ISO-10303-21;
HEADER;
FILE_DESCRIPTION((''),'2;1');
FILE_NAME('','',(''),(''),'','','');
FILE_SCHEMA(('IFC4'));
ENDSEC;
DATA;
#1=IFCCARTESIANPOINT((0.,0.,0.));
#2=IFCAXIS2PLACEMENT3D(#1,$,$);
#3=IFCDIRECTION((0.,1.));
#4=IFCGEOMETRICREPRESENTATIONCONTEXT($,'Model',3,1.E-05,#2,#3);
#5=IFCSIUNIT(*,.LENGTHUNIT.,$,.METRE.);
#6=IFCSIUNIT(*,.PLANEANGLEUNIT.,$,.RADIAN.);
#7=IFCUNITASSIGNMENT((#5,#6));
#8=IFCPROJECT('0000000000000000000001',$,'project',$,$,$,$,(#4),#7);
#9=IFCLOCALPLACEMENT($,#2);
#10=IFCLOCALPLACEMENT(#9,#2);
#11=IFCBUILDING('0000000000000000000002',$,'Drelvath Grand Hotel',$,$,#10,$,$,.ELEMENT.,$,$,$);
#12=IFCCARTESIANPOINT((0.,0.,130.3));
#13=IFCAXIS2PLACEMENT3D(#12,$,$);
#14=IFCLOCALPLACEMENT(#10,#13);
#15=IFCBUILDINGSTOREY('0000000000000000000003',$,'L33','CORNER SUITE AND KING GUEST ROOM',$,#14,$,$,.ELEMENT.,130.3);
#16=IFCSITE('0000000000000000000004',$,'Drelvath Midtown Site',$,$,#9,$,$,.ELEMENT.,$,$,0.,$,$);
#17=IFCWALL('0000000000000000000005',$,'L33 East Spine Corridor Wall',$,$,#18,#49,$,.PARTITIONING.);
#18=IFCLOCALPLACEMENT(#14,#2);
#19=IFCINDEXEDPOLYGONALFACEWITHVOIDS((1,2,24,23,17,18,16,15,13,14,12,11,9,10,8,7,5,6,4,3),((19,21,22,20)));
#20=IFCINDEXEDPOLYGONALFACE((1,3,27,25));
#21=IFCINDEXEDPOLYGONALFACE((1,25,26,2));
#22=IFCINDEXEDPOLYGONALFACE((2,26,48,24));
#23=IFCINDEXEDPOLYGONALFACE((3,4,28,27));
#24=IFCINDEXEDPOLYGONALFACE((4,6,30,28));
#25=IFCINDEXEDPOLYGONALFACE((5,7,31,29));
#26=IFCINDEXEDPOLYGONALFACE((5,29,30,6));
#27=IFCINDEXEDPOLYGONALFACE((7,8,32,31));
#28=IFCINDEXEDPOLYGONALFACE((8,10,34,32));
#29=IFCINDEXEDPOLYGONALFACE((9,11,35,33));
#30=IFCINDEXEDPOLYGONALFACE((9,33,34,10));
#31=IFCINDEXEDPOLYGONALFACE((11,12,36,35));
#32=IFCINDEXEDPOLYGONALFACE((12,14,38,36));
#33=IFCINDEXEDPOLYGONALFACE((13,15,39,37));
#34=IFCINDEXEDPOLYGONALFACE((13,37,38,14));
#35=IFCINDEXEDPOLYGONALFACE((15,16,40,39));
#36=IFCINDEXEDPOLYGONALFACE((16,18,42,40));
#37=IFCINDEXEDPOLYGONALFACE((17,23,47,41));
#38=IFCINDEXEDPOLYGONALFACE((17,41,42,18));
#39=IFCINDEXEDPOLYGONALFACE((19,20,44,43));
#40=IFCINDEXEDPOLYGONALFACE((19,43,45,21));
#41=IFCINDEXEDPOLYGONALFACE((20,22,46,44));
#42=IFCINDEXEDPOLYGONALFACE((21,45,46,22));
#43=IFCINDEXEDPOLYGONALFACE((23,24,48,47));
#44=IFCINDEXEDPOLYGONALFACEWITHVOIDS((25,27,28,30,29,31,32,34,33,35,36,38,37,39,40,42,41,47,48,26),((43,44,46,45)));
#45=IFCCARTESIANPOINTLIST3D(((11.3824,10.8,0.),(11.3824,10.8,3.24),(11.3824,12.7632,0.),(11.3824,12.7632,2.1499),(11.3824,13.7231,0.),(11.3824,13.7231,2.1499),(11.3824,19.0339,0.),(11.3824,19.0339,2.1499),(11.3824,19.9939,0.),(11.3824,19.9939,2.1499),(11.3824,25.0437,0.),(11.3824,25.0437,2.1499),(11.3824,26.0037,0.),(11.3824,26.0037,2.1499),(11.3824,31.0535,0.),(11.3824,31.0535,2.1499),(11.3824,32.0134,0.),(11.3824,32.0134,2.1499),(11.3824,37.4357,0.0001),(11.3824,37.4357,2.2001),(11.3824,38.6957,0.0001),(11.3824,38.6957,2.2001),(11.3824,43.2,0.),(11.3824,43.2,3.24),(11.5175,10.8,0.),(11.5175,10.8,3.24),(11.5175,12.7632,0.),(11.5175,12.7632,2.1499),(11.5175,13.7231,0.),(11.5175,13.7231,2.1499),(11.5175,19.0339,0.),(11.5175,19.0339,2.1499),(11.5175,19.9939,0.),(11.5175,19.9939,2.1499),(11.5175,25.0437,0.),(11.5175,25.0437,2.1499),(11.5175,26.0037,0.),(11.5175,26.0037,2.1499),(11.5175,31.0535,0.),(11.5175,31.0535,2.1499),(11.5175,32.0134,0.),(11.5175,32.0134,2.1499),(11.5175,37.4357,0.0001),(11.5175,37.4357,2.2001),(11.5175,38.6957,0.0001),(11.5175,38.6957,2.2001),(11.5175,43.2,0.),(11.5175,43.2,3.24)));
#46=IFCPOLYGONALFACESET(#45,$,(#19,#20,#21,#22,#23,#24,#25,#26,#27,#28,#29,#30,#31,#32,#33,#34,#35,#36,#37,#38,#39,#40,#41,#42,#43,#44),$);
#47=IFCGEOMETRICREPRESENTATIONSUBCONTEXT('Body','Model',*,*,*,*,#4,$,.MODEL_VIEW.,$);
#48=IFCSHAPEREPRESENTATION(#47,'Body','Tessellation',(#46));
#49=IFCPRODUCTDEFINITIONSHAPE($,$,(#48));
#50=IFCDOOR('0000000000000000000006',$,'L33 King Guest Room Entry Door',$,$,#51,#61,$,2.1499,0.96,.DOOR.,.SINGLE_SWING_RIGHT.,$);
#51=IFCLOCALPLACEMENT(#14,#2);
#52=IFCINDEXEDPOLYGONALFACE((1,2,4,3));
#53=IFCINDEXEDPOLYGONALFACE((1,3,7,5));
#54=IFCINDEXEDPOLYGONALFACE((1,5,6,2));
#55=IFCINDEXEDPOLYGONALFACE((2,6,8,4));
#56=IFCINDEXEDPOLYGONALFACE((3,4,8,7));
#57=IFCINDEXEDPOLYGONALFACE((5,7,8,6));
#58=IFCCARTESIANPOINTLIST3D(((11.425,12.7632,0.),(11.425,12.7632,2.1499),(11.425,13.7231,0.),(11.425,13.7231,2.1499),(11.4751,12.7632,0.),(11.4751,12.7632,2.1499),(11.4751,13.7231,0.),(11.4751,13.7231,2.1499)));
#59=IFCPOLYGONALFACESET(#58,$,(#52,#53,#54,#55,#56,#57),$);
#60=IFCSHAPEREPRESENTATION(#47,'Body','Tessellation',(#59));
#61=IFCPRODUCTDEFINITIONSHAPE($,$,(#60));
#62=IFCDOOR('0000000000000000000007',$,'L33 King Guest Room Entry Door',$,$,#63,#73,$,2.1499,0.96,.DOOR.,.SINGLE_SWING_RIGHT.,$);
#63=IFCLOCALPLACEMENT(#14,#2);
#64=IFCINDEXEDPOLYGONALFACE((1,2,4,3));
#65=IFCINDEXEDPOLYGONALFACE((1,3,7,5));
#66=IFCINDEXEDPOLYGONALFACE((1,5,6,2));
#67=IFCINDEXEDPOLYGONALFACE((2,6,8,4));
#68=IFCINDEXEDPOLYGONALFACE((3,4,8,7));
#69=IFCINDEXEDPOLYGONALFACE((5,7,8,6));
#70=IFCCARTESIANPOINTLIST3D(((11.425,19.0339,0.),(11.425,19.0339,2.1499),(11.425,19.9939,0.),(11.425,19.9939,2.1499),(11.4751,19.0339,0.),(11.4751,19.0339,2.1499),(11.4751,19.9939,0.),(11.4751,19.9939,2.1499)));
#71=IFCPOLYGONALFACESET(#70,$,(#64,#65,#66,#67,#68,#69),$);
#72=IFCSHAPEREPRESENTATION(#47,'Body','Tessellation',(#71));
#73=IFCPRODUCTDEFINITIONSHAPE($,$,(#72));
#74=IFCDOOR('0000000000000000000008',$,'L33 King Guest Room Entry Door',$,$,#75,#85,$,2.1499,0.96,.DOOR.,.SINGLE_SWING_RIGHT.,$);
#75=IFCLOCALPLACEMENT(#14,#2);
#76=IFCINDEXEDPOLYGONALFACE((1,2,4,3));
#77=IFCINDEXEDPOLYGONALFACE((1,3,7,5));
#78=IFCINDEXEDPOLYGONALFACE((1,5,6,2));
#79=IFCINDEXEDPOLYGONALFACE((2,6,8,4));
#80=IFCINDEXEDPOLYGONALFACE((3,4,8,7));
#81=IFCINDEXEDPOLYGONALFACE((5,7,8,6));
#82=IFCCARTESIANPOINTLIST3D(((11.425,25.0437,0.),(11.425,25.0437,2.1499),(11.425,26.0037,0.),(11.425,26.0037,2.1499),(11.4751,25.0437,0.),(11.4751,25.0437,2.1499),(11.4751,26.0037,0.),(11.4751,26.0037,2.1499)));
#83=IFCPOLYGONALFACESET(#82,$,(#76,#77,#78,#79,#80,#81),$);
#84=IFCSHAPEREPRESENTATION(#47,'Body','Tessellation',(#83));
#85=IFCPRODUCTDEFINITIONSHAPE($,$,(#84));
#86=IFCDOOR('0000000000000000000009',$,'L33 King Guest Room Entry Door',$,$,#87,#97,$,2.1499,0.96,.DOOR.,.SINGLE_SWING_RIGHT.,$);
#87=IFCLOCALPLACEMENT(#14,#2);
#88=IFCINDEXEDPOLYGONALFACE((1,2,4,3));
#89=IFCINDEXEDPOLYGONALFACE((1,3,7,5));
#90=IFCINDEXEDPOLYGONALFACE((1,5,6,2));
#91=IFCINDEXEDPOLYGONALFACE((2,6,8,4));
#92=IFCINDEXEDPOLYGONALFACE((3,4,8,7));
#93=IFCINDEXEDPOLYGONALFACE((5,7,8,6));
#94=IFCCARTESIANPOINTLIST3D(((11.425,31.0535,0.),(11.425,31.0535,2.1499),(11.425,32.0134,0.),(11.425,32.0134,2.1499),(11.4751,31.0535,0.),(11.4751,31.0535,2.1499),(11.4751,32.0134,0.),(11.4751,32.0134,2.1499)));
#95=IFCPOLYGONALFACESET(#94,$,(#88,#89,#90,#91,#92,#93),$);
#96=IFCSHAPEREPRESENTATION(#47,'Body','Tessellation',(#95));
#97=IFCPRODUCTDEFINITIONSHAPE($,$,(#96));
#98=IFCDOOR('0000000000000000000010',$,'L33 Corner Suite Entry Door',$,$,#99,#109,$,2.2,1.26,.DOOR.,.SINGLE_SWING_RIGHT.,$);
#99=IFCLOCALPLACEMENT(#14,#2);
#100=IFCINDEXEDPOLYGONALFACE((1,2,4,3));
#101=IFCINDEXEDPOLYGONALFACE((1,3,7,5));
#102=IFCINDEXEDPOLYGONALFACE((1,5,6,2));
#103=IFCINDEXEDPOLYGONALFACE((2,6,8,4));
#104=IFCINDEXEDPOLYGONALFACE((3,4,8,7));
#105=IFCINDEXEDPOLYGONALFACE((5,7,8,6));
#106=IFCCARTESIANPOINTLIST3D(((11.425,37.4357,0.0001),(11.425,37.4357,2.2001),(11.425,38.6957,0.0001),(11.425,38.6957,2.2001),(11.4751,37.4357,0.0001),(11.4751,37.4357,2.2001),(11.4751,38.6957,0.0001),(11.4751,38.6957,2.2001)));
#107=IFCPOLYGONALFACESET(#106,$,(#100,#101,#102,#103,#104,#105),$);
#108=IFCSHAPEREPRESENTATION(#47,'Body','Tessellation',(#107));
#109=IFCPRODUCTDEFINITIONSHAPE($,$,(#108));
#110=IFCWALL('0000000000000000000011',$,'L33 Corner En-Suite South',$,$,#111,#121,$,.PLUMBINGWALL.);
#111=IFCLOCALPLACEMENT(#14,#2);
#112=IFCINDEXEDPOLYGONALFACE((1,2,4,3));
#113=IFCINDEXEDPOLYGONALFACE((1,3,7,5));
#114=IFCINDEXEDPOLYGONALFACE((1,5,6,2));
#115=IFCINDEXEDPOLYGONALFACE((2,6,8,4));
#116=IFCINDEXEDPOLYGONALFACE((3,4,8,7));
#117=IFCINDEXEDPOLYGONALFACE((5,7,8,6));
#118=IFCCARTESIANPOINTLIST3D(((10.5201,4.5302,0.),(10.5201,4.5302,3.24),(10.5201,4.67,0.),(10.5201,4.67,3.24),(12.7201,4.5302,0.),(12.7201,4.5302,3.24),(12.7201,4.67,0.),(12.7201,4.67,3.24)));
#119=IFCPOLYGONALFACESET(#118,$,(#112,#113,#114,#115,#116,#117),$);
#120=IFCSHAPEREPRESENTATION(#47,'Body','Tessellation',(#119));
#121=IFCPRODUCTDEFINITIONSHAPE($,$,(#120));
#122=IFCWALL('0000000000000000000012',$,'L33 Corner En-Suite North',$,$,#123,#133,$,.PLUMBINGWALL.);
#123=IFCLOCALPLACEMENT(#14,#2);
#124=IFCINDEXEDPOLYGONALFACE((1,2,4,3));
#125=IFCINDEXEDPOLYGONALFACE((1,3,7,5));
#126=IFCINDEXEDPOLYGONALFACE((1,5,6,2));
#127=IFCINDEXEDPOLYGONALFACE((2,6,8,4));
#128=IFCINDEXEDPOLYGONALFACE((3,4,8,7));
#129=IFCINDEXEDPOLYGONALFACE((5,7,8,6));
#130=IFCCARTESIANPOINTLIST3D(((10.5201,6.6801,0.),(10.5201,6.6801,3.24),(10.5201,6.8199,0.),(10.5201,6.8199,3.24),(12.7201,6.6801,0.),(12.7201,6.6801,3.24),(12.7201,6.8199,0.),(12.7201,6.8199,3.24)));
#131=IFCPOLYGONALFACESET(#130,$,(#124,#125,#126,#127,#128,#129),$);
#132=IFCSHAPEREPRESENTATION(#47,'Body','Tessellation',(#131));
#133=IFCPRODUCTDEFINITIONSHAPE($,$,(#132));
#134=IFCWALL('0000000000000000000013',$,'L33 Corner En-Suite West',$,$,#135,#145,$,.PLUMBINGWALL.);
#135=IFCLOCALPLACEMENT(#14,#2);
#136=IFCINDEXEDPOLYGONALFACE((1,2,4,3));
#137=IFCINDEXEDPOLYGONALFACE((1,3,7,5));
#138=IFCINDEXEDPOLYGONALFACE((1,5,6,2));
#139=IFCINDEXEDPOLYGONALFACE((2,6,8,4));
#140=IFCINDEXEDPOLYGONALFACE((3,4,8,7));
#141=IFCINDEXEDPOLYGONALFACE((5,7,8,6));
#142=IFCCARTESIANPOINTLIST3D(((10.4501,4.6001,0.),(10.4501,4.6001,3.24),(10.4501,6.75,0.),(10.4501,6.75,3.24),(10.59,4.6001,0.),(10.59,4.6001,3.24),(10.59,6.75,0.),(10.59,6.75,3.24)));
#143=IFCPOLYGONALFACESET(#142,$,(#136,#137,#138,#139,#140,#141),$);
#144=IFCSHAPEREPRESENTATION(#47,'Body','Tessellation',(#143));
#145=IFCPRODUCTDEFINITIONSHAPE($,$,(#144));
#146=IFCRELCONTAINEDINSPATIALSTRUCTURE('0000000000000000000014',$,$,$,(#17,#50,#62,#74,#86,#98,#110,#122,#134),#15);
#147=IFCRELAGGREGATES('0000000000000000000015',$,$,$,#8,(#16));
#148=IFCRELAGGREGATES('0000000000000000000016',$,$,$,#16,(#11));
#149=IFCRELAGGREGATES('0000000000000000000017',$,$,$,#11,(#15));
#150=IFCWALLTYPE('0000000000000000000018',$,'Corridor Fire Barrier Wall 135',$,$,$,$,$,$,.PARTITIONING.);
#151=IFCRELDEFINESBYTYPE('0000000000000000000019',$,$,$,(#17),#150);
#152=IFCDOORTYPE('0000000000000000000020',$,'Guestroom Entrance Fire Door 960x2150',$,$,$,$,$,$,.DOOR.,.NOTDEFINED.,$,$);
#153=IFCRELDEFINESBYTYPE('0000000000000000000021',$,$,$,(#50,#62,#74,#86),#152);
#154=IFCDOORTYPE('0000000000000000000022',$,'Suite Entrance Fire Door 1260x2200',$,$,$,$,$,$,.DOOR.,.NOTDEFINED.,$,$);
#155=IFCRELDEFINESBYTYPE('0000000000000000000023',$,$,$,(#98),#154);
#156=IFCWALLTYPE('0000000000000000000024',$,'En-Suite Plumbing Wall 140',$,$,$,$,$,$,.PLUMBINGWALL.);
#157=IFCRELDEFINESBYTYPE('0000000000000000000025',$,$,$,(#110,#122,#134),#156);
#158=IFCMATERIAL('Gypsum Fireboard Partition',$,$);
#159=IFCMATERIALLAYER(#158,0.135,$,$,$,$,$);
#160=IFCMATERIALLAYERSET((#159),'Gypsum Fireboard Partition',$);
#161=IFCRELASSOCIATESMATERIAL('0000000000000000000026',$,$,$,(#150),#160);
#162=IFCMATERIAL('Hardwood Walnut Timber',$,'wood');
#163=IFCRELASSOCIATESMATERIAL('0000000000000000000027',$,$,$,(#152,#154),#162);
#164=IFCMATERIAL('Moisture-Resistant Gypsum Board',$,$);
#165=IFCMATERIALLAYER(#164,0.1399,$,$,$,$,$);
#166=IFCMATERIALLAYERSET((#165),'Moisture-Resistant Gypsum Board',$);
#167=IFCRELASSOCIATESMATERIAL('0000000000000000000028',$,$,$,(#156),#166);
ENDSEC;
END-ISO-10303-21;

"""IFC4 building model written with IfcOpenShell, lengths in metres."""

from ifc_helpers import new_model, si_unit, direction, frame, frame_2d, origin, place, context, subcontext, project, spatial, rectangle, extrude, material, layer, layer_set, type_object, element, fill, save


model = new_model("IFC4")

# Units and contexts
model_context = context("Model", 3, precision=1e-05, world=origin(), true_north=direction((0.0, 1.0)))
body_context = subcontext(model_context, "Body", "Model", "MODEL_VIEW")
ifc_project = project(units=[si_unit("LENGTHUNIT", "METRE"), si_unit("PLANEANGLEUNIT", "RADIAN")], contexts=[model_context])

# Site, building, storey
site_placement = place(None, origin())
site = spatial("IfcSite", under=ifc_project, at=site_placement, Name="Drelvath Midtown Site", CompositionType="ELEMENT", RefElevation=0.0)
building_placement = place(site_placement, origin())
building = spatial("IfcBuilding", under=site, at=building_placement, Name="Drelvath Grand Hotel", CompositionType="ELEMENT")
storey_placement = place(building_placement, frame((0.0, 0.0, 130.3)))
storey = spatial("IfcBuildingStorey", under=building, at=storey_placement, Name="L33", Description="CORNER SUITE AND KING GUEST ROOM", CompositionType="ELEMENT", Elevation=130.3)

# Wall, openings, doors
ifc_material_1 = material(Name="Gypsum Fireboard Partition")
ifc_layer_1 = layer(ifc_material_1, 0.135)
ifc_layer_set_1 = layer_set([ifc_layer_1], Name="Gypsum Fireboard Partition")
wall_type_1 = type_object("IfcWallType", Name="Corridor Fire Barrier Wall 135", PredefinedType="PARTITIONING", material=ifc_layer_set_1)
wall_1_placement = place(storey_placement, frame((11.45, 10.8, 0.0), z_axis=(0.0, 0.0, 1.0), x_axis=(0.0, 1.0, 0.0)))
wall_1 = element("IfcWall", 1, at=wall_1_placement, inside=storey, type_object=wall_type_1, Name="L33 East Spine Corridor Wall", PredefinedType="PARTITIONING", context=body_context, shape_type="SweptSolid", body=[
    extrude(rectangle(XDim=32.3999, YDim=0.135, at=frame_2d((16.2, 0.0))), origin(), (0.0, 0.0, 1.0), 3.24),
])
opening_1_placement = place(wall_1_placement, frame((1.9631, 0.0, 0.0)))
opening_1 = element("IfcOpeningElement", 2, at=opening_1_placement, cuts=wall_1, PredefinedType="OPENING", context=body_context, shape_type="SweptSolid", body=[
    extrude(rectangle(XDim=0.96, YDim=2.1499, at=frame_2d((0.48, 1.075))), frame((0.0, 0.0774, 0.0), z_axis=(0.0, -1.0, 0.0), x_axis=(1.0, 0.0, 0.0)), (0.0, 0.0, 1.0), 0.155),
])
opening_2_placement = place(wall_1_placement, frame((8.2339, 0.0, 0.0)))
opening_2 = element("IfcOpeningElement", 3, at=opening_2_placement, cuts=wall_1, PredefinedType="OPENING", context=body_context, shape_type="SweptSolid", body=[
    extrude(rectangle(XDim=0.96, YDim=2.1499, at=frame_2d((0.48, 1.075))), frame((0.0, 0.0774, 0.0), z_axis=(0.0, -1.0, 0.0), x_axis=(1.0, 0.0, 0.0)), (0.0, 0.0, 1.0), 0.155),
])
opening_3_placement = place(wall_1_placement, frame((14.2437, 0.0, 0.0)))
opening_3 = element("IfcOpeningElement", 4, at=opening_3_placement, cuts=wall_1, PredefinedType="OPENING", context=body_context, shape_type="SweptSolid", body=[
    extrude(rectangle(XDim=0.96, YDim=2.1499, at=frame_2d((0.48, 1.075))), frame((0.0, 0.0774, 0.0), z_axis=(0.0, -1.0, 0.0), x_axis=(1.0, 0.0, 0.0)), (0.0, 0.0, 1.0), 0.155),
])
opening_4_placement = place(wall_1_placement, frame((20.2534, 0.0, 0.0)))
opening_4 = element("IfcOpeningElement", 5, at=opening_4_placement, cuts=wall_1, PredefinedType="OPENING", context=body_context, shape_type="SweptSolid", body=[
    extrude(rectangle(XDim=0.96, YDim=2.1499, at=frame_2d((0.48, 1.075))), frame((0.0, 0.0774, 0.0), z_axis=(0.0, -1.0, 0.0), x_axis=(1.0, 0.0, 0.0)), (0.0, 0.0, 1.0), 0.155),
])
opening_5_placement = place(wall_1_placement, frame((26.6357, 0.0, 0.0)))
opening_5 = element("IfcOpeningElement", 6, at=opening_5_placement, cuts=wall_1, PredefinedType="OPENING", context=body_context, shape_type="SweptSolid", body=[
    extrude(rectangle(XDim=1.26, YDim=2.2, at=frame_2d((0.6299, 1.1001))), frame((0.0, 0.0774, 0.0), z_axis=(0.0, -1.0, 0.0), x_axis=(1.0, 0.0, 0.0)), (0.0, 0.0, 1.0), 0.155),
])
ifc_material_2 = material(Name="Hardwood Walnut Timber", Category="wood")
door_type_1 = type_object("IfcDoorType", Name="Guestroom Entrance Fire Door 960x2150", OperationType="NOTDEFINED", PredefinedType="DOOR", material=ifc_material_2)
door_1_placement = place(opening_1_placement, origin())
door_1 = element("IfcDoor", 7, at=door_1_placement, inside=storey, type_object=door_type_1, Name="L33 King Guest Room Entry Door", OperationType="SINGLE_SWING_RIGHT", OverallHeight=2.1499, OverallWidth=0.96, PredefinedType="DOOR", context=body_context, shape_type="SweptSolid", body=[
    extrude(rectangle(XDim=0.96, YDim=2.1499, at=frame_2d((0.48, 1.075))), frame((0.0, 0.0249, 0.0), z_axis=(0.0, -1.0, 0.0), x_axis=(1.0, 0.0, 0.0)), (0.0, 0.0, 1.0), 0.05),
])
fill(opening_1, door_1)
door_2_placement = place(opening_2_placement, origin())
door_2 = element("IfcDoor", 8, at=door_2_placement, inside=storey, type_object=door_type_1, Name="L33 King Guest Room Entry Door", OperationType="SINGLE_SWING_RIGHT", OverallHeight=2.1499, OverallWidth=0.96, PredefinedType="DOOR", context=body_context, shape_type="SweptSolid", body=[
    extrude(rectangle(XDim=0.96, YDim=2.1499, at=frame_2d((0.48, 1.075))), frame((0.0, 0.0249, 0.0), z_axis=(0.0, -1.0, 0.0), x_axis=(1.0, 0.0, 0.0)), (0.0, 0.0, 1.0), 0.05),
])
fill(opening_2, door_2)
door_3_placement = place(opening_3_placement, origin())
door_3 = element("IfcDoor", 9, at=door_3_placement, inside=storey, type_object=door_type_1, Name="L33 King Guest Room Entry Door", OperationType="SINGLE_SWING_RIGHT", OverallHeight=2.1499, OverallWidth=0.96, PredefinedType="DOOR", context=body_context, shape_type="SweptSolid", body=[
    extrude(rectangle(XDim=0.96, YDim=2.1499, at=frame_2d((0.48, 1.075))), frame((0.0, 0.0249, 0.0), z_axis=(0.0, -1.0, 0.0), x_axis=(1.0, 0.0, 0.0)), (0.0, 0.0, 1.0), 0.05),
])
fill(opening_3, door_3)
door_4_placement = place(opening_4_placement, origin())
door_4 = element("IfcDoor", 10, at=door_4_placement, inside=storey, type_object=door_type_1, Name="L33 King Guest Room Entry Door", OperationType="SINGLE_SWING_RIGHT", OverallHeight=2.1499, OverallWidth=0.96, PredefinedType="DOOR", context=body_context, shape_type="SweptSolid", body=[
    extrude(rectangle(XDim=0.96, YDim=2.1499, at=frame_2d((0.48, 1.075))), frame((0.0, 0.0249, 0.0), z_axis=(0.0, -1.0, 0.0), x_axis=(1.0, 0.0, 0.0)), (0.0, 0.0, 1.0), 0.05),
])
fill(opening_4, door_4)
door_type_2 = type_object("IfcDoorType", Name="Suite Entrance Fire Door 1260x2200", OperationType="NOTDEFINED", PredefinedType="DOOR", material=ifc_material_2)
door_5_placement = place(opening_5_placement, origin())
door_5 = element("IfcDoor", 11, at=door_5_placement, inside=storey, type_object=door_type_2, Name="L33 Corner Suite Entry Door", OperationType="SINGLE_SWING_RIGHT", OverallHeight=2.2, OverallWidth=1.26, PredefinedType="DOOR", context=body_context, shape_type="SweptSolid", body=[
    extrude(rectangle(XDim=1.26, YDim=2.2, at=frame_2d((0.6299, 1.1001))), frame((0.0, 0.0249, 0.0), z_axis=(0.0, -1.0, 0.0), x_axis=(1.0, 0.0, 0.0)), (0.0, 0.0, 1.0), 0.05),
])
fill(opening_5, door_5)

# Walls
ifc_material_3 = material(Name="Moisture-Resistant Gypsum Board")
ifc_layer_2 = layer(ifc_material_3, 0.1399)
ifc_layer_set_2 = layer_set([ifc_layer_2], Name="Moisture-Resistant Gypsum Board")
wall_type_2 = type_object("IfcWallType", Name="En-Suite Plumbing Wall 140", PredefinedType="PLUMBINGWALL", material=ifc_layer_set_2)
for number, where, z_axis, x_axis, name in (
    (12, (10.52, 4.6001, 0.0), (0.0, 0.0, 1.0), (1.0, 0.0, 0.0), "L33 Corner En-Suite South"),
    (13, (10.52, 6.75, 0.0), (0.0, 0.0, 1.0), (1.0, 0.0, 0.0), "L33 Corner En-Suite North"),
):
    element("IfcWall", number, at=place(storey_placement, frame(where, z_axis=z_axis, x_axis=x_axis)), inside=storey, type_object=wall_type_2, Name=name, PredefinedType="PLUMBINGWALL", context=body_context, shape_type="SweptSolid", body=[
        extrude(rectangle(XDim=2.2, YDim=0.1399, at=frame_2d((1.1001, 0.0))), origin(), (0.0, 0.0, 1.0), 3.24),
    ])
wall_2_placement = place(storey_placement, frame((10.52, 4.6001, 0.0), z_axis=(0.0, 0.0, 1.0), x_axis=(0.0, 1.0, 0.0)))
element("IfcWall", 14, at=wall_2_placement, inside=storey, type_object=wall_type_2, Name="L33 Corner En-Suite West", PredefinedType="PLUMBINGWALL", context=body_context, shape_type="SweptSolid", body=[
    extrude(rectangle(XDim=2.1499, YDim=0.1399, at=frame_2d((1.075, 0.0))), origin(), (0.0, 0.0, 1.0), 3.24),
])

save(model, "model.ifc")
